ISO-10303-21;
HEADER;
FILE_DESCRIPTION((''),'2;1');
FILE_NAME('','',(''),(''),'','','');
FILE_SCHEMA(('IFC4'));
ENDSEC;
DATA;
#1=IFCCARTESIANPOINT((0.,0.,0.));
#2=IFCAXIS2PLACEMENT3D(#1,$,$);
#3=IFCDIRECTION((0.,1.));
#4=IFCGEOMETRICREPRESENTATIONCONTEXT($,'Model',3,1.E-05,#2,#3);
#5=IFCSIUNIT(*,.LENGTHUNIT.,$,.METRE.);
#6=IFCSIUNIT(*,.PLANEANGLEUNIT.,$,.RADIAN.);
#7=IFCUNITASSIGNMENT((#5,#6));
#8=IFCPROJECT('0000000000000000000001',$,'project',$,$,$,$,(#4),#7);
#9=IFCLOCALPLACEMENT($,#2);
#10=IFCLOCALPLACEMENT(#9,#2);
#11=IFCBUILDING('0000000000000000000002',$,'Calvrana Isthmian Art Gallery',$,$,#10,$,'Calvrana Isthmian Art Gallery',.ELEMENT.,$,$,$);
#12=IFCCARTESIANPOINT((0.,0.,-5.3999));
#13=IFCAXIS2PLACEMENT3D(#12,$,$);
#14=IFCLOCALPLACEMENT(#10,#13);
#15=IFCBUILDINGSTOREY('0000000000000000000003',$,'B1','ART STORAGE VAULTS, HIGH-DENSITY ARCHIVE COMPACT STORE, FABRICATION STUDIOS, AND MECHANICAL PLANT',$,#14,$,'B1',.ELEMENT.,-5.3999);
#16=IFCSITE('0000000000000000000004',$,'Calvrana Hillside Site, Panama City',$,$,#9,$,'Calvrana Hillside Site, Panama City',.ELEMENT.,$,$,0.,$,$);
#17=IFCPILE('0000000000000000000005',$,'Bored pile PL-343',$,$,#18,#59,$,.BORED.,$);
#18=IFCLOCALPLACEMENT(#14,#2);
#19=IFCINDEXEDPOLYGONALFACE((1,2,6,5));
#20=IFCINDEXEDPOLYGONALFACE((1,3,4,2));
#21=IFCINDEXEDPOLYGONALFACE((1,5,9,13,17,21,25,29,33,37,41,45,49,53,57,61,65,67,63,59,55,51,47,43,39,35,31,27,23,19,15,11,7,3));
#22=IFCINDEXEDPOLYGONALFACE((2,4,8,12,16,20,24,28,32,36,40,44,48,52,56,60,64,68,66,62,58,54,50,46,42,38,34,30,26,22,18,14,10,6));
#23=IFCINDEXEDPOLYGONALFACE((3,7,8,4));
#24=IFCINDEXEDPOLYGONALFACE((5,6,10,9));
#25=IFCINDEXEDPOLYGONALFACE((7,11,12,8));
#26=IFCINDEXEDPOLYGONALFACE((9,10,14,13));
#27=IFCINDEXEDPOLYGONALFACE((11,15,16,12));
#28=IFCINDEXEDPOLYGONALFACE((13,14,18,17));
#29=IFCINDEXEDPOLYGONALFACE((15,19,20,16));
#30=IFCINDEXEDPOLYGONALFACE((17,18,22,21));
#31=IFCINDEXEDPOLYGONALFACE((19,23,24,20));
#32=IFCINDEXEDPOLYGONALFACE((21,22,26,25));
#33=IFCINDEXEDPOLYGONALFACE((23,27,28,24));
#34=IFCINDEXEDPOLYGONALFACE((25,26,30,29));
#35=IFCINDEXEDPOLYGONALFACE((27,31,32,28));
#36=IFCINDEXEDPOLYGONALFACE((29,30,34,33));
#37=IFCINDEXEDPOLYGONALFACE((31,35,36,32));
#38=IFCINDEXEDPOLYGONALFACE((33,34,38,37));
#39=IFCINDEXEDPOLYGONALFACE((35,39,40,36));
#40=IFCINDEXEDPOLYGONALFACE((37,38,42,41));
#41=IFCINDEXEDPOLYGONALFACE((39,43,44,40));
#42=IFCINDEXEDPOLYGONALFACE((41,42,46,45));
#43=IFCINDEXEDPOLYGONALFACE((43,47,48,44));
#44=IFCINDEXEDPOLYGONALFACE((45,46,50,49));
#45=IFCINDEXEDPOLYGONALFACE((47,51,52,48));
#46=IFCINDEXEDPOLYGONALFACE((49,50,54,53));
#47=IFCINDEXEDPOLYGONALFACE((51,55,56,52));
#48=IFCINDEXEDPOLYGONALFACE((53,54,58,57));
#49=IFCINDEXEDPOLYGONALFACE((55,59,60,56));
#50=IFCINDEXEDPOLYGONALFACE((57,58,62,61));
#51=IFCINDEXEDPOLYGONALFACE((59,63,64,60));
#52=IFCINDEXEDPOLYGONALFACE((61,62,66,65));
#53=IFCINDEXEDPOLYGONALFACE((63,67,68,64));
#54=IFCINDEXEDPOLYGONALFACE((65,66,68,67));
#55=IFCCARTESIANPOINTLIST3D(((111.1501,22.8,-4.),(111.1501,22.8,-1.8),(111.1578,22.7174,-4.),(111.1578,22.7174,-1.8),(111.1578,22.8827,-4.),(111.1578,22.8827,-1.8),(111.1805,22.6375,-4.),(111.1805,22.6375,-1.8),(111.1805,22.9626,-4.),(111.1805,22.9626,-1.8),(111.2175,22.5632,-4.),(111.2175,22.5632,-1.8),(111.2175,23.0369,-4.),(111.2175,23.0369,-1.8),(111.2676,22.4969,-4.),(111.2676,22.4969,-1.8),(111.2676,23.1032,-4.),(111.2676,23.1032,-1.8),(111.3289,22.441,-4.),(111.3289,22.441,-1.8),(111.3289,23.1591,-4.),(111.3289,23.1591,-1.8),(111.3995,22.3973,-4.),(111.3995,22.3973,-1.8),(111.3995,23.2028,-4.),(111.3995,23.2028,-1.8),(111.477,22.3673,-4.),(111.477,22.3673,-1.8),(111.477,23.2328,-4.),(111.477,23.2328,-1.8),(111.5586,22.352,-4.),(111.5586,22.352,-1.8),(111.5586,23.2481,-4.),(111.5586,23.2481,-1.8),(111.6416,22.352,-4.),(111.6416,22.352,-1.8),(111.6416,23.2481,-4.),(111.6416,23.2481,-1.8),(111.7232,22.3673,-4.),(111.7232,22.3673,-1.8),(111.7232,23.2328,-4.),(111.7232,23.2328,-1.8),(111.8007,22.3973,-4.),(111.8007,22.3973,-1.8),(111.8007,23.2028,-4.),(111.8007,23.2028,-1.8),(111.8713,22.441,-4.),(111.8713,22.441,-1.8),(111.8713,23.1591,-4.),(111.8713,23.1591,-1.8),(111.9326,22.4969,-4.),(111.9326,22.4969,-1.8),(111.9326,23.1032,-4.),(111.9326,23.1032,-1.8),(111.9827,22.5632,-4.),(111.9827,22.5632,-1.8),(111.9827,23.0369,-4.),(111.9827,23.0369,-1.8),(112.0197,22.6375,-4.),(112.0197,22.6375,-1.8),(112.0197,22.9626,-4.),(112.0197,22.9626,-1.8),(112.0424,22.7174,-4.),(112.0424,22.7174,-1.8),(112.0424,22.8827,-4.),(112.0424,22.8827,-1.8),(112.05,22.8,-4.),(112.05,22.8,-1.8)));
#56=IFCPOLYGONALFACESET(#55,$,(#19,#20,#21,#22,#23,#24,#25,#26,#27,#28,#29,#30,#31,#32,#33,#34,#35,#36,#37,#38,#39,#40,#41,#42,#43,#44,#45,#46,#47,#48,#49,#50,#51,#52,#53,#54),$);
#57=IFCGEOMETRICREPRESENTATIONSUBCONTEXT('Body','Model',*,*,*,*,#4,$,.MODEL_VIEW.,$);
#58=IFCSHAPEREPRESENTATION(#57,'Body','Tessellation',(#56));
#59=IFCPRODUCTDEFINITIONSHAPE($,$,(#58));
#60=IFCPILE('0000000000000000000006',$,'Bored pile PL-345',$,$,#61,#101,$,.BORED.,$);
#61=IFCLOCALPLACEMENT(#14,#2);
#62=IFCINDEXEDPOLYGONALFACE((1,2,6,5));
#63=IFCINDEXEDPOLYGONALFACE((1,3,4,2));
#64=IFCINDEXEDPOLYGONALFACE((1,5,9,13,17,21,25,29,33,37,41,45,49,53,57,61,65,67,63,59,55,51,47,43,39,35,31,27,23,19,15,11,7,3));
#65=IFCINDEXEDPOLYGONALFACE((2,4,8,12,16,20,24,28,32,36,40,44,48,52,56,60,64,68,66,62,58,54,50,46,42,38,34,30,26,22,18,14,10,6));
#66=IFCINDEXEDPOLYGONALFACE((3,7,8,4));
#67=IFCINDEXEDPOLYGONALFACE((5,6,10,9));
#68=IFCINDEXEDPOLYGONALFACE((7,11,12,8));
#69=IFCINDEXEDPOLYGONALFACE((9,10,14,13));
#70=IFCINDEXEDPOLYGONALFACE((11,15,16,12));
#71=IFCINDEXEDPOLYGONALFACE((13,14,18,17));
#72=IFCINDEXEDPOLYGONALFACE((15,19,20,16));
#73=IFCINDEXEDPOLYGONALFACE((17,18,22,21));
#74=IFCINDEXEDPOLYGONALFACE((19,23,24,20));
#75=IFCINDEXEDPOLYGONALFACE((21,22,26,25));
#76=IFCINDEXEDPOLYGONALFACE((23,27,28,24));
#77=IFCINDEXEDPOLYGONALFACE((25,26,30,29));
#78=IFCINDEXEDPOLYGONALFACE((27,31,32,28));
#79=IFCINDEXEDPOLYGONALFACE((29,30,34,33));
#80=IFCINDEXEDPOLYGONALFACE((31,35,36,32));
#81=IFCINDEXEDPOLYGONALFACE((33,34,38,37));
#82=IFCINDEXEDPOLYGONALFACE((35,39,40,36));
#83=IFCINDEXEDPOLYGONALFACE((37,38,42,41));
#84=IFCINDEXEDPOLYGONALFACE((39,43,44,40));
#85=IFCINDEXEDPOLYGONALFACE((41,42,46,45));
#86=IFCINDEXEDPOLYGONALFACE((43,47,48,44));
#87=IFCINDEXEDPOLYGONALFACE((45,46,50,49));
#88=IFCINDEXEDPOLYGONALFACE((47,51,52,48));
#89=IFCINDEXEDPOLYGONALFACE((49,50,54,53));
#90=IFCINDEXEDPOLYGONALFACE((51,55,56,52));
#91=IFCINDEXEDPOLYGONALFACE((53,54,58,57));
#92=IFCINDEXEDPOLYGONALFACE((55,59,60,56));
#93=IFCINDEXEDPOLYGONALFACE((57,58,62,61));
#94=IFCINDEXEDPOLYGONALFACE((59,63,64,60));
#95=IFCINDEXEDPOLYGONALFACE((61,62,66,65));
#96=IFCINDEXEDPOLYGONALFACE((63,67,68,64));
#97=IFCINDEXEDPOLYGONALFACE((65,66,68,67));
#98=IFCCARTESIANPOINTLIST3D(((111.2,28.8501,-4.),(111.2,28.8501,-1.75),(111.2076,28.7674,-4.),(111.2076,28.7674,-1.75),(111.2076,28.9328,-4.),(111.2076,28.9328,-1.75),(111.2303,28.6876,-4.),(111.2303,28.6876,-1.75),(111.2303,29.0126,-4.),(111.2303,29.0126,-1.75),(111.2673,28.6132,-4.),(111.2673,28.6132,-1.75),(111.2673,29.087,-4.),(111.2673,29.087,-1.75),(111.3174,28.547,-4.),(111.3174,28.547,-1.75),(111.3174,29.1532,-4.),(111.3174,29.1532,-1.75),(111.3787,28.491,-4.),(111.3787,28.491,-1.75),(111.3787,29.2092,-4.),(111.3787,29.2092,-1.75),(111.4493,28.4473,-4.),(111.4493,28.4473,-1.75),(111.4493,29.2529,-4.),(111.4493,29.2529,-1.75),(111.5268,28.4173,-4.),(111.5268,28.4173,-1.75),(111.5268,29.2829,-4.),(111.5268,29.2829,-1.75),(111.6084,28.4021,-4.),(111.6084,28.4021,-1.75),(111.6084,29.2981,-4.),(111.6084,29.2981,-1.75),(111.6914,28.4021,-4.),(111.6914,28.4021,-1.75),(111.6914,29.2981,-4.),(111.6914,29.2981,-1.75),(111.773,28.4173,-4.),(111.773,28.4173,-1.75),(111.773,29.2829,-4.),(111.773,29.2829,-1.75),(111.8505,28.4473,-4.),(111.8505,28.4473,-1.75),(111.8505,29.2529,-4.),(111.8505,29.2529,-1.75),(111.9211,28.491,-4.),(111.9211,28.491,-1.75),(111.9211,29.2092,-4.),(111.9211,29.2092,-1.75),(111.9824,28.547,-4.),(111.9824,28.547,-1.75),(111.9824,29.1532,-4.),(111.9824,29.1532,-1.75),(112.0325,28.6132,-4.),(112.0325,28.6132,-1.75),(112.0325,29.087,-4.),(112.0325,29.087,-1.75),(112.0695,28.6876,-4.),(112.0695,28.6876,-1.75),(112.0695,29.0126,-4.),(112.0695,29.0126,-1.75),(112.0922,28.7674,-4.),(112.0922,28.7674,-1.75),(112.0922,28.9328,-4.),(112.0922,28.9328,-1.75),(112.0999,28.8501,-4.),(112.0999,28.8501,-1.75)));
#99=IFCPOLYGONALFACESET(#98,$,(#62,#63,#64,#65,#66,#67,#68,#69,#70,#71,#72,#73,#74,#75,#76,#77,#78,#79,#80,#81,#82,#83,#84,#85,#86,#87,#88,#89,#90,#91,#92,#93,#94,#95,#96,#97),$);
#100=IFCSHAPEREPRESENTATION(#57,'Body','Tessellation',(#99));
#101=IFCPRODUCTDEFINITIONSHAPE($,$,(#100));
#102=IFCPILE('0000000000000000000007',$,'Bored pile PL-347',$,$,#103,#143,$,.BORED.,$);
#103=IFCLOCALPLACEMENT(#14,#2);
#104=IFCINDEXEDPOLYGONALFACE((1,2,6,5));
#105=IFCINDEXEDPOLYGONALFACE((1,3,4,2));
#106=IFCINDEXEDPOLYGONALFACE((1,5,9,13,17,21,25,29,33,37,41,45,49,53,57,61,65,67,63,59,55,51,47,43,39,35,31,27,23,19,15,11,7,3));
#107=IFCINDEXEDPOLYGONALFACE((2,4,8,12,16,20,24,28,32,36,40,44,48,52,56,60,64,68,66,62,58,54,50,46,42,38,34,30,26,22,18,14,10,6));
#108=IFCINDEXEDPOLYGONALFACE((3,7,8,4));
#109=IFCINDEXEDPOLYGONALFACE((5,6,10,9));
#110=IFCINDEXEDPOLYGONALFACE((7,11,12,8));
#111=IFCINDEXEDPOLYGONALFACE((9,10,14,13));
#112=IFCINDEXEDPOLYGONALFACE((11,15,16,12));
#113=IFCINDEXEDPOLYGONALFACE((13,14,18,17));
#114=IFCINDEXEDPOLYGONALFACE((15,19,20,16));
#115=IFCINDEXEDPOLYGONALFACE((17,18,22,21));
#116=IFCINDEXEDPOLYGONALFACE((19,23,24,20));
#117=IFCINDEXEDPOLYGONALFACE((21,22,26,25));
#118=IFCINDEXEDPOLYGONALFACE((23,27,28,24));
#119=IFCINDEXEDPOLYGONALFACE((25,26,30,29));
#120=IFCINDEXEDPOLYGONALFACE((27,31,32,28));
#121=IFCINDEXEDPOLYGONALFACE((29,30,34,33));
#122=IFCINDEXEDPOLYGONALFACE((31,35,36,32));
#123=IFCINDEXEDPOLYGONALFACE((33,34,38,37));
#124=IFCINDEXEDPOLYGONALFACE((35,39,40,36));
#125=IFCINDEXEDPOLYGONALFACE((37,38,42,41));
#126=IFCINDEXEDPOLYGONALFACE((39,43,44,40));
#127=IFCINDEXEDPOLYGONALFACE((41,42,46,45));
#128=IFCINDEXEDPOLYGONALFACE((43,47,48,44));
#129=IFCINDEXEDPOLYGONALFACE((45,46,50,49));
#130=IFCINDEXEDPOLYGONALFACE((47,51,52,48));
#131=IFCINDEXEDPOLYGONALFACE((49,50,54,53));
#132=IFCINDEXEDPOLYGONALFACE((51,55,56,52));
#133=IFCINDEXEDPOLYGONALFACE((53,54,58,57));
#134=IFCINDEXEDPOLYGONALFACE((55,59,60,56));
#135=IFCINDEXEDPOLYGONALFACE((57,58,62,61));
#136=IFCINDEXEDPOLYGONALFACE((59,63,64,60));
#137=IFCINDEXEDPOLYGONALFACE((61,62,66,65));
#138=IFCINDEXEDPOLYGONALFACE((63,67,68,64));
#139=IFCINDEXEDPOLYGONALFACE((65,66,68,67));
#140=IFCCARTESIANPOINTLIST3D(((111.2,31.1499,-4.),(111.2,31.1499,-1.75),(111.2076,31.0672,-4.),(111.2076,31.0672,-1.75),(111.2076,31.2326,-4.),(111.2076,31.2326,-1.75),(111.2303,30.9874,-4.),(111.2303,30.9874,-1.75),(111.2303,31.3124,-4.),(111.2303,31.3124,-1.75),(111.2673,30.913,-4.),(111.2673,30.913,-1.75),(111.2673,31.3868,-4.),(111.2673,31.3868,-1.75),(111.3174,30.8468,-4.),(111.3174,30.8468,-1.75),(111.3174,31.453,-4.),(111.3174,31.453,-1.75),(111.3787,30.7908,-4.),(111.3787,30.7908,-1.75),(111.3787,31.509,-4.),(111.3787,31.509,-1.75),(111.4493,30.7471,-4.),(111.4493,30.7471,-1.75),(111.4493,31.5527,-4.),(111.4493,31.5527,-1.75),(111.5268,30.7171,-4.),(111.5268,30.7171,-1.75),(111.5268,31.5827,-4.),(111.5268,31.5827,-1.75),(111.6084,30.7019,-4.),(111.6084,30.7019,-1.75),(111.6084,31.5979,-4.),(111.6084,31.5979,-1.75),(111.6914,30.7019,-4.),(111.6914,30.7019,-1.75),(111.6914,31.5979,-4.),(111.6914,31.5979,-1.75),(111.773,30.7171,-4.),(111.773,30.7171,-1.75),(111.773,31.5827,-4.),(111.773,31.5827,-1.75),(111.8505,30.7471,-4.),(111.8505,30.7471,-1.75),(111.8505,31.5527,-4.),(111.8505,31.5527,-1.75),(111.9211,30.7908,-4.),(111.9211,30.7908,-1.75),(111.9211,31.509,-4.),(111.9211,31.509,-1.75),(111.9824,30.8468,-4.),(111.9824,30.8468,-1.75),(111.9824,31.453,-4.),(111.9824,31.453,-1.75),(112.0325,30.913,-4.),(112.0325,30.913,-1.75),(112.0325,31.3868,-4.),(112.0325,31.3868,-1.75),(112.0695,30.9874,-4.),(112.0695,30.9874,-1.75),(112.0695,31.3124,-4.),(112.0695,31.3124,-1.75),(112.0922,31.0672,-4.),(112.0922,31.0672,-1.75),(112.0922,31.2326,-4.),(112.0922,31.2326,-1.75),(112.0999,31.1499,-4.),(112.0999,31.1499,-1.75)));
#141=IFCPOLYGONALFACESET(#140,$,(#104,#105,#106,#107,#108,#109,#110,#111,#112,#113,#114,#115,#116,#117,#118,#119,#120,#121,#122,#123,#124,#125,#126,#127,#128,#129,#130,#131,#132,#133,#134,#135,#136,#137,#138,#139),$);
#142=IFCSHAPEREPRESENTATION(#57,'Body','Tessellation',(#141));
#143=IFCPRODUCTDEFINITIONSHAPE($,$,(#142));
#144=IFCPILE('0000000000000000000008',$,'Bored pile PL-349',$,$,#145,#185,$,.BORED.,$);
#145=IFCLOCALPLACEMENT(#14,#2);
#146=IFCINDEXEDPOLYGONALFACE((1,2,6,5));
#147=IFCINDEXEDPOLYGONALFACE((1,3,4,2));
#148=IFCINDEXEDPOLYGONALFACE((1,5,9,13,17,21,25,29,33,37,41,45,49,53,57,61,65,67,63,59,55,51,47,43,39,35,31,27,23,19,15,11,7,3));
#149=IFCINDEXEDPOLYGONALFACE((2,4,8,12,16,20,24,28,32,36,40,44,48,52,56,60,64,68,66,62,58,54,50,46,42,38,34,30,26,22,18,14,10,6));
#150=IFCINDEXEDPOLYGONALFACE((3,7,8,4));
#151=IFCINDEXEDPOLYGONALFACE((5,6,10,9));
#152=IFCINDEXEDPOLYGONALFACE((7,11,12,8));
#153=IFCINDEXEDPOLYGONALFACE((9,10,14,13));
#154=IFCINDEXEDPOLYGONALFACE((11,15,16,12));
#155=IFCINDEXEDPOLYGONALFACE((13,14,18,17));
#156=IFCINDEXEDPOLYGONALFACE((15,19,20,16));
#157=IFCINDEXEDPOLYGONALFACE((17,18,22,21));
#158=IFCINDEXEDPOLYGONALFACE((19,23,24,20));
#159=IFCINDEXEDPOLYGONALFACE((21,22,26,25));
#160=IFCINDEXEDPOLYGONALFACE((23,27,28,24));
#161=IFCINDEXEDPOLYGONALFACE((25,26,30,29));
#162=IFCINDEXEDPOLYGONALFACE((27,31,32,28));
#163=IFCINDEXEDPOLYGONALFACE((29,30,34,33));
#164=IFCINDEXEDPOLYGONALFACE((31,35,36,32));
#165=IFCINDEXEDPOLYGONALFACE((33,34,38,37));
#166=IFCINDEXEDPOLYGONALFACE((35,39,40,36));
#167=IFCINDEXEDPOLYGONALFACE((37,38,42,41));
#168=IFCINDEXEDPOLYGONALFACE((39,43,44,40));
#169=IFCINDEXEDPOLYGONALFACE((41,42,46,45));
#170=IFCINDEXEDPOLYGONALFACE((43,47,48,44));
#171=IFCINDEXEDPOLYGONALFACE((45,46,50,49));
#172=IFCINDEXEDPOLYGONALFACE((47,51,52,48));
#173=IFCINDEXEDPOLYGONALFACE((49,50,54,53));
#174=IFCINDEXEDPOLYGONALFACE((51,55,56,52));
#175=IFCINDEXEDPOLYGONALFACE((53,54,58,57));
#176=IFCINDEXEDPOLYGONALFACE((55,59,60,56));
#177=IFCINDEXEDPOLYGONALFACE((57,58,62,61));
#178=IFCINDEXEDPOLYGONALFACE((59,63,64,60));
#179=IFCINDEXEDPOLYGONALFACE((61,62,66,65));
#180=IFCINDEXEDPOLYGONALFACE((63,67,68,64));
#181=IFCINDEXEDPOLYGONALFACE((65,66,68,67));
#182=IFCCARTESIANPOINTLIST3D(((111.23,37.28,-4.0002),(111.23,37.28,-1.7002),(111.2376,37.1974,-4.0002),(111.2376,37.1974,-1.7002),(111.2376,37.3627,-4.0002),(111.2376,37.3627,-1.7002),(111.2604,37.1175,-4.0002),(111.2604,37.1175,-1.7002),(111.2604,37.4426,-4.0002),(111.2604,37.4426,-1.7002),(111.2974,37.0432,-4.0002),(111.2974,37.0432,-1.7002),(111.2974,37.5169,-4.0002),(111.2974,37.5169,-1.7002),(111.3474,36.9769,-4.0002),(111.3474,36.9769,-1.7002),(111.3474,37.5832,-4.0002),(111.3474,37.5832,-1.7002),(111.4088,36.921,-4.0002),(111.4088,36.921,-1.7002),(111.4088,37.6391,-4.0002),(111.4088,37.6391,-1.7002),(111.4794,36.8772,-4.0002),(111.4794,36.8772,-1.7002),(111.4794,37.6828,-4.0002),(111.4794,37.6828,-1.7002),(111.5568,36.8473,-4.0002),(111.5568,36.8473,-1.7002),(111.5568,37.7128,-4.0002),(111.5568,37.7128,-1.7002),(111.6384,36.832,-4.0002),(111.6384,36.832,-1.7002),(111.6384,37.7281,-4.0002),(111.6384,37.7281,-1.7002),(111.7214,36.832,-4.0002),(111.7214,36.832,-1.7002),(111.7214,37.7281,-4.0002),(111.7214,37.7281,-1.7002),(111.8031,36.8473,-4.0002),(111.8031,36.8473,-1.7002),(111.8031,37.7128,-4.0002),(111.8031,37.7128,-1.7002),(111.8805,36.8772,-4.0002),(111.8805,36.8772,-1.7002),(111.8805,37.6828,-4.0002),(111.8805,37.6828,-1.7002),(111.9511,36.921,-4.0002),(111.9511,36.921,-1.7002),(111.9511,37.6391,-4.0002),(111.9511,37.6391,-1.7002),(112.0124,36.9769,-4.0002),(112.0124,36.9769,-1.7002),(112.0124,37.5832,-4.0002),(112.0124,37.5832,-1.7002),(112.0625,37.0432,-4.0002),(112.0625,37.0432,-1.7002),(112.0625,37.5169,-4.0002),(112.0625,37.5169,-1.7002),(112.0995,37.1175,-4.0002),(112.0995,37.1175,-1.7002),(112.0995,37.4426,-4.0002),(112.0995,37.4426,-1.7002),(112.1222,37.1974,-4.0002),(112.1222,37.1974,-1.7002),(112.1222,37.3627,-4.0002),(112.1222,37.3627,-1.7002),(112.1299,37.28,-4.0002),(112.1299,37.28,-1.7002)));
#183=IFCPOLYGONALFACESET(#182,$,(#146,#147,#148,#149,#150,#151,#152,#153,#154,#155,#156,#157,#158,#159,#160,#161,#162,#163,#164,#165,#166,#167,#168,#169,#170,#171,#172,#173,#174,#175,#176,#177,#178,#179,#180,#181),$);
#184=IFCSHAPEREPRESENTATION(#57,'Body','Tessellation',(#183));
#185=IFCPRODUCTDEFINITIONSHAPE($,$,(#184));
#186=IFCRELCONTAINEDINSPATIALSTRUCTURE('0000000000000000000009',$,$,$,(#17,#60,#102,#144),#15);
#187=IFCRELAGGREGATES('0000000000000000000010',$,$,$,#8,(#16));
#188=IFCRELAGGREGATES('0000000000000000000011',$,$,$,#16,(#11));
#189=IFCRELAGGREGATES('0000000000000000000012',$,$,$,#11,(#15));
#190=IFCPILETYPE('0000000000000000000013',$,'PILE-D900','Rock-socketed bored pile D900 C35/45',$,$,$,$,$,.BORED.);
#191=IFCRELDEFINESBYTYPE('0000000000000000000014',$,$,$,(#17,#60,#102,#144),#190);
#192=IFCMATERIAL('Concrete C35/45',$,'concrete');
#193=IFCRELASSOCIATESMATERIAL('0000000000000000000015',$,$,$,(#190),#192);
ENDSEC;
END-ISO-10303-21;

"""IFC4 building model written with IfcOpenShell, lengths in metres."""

from ifc_helpers import new_model, si_unit, direction, frame, origin, origin_2d, place, context, subcontext, project, spatial, circle, extrude, material, material_profile, profile_set, type_object, element, save


model = new_model("IFC4")

# Units and contexts
model_context = context("Model", 3, precision=1e-05, world=origin(), true_north=direction((0.0, 1.0)))
body_context = subcontext(model_context, "Body", "Model", "MODEL_VIEW")
ifc_project = project(units=[si_unit("LENGTHUNIT", "METRE"), si_unit("PLANEANGLEUNIT", "RADIAN")], contexts=[model_context])

# Site, building, storey
site_placement = place(None, origin())
site = spatial("IfcSite", under=ifc_project, at=site_placement, Name="Calvrana Hillside Site, Panama City", LongName="Calvrana Hillside Site, Panama City", CompositionType="ELEMENT", RefElevation=0.0)
building_placement = place(site_placement, origin())
building = spatial("IfcBuilding", under=site, at=building_placement, Name="Calvrana Isthmian Art Gallery", LongName="Calvrana Isthmian Art Gallery", CompositionType="ELEMENT")
storey_placement = place(building_placement, frame((0.0, 0.0, -5.3999)))
storey = spatial("IfcBuildingStorey", under=building, at=storey_placement, Name="B1", Description="ART STORAGE VAULTS, HIGH-DENSITY ARCHIVE COMPACT STORE, FABRICATION STUDIOS, AND MECHANICAL PLANT", LongName="B1", CompositionType="ELEMENT", Elevation=-5.3999)

# Shared definitions
ifc_material_1 = material(Name="Concrete C35/45", Category="concrete")

# Piles
ifc_material_profile_1 = material_profile(ifc_material_1, circle(Radius=0.45, at=origin_2d()), Name="PILE900D")
ifc_profile_set_1 = profile_set([ifc_material_profile_1], Name="Concrete C35/45")
pile_type = type_object("IfcPileType", Name="PILE-D900", Description="Rock-socketed bored pile D900 C35/45", PredefinedType="BORED", material=ifc_profile_set_1)
pile_placement = place(storey_placement, frame((111.6001, 22.8, -1.8), z_axis=(0.0, 0.0, -1.0), x_axis=(1.0, 0.0, 0.0)))
element("IfcPile", 1, at=pile_placement, inside=storey, type_object=pile_type, Name="Bored pile PL-343", PredefinedType="BORED", context=body_context, shape_type="SweptSolid", body=[
    extrude(circle(Radius=0.45, at=origin_2d()), origin(), (0.0, 0.0, 1.0), 2.2),
])
for number, where, z_axis, x_axis, name in (
    (2, (111.6499, 28.8501, -1.75), (0.0, 0.0, -1.0), (1.0, 0.0, 0.0), "Bored pile PL-345"),
    (3, (111.6499, 31.1499, -1.75), (0.0, 0.0, -1.0), (1.0, 0.0, 0.0), "Bored pile PL-347"),
):
    element("IfcPile", number, at=place(storey_placement, frame(where, z_axis=z_axis, x_axis=x_axis)), inside=storey, type_object=pile_type, Name=name, PredefinedType="BORED", context=body_context, shape_type="SweptSolid", body=[
        extrude(circle(Radius=0.45, at=origin_2d()), origin(), (0.0, 0.0, 1.0), 2.25),
    ])
for number, where, z_axis, x_axis, name in (
    (4, (111.6799, 37.28, -1.7002), (0.0, 0.0, -1.0), (1.0, 0.0, 0.0), "Bored pile PL-349"),
):
    element("IfcPile", number, at=place(storey_placement, frame(where, z_axis=z_axis, x_axis=x_axis)), inside=storey, type_object=pile_type, Name=name, PredefinedType="BORED", context=body_context, shape_type="SweptSolid", body=[
        extrude(circle(Radius=0.45, at=origin_2d()), origin(), (0.0, 0.0, 1.0), 2.3),
    ])

save(model, "model.ifc")
